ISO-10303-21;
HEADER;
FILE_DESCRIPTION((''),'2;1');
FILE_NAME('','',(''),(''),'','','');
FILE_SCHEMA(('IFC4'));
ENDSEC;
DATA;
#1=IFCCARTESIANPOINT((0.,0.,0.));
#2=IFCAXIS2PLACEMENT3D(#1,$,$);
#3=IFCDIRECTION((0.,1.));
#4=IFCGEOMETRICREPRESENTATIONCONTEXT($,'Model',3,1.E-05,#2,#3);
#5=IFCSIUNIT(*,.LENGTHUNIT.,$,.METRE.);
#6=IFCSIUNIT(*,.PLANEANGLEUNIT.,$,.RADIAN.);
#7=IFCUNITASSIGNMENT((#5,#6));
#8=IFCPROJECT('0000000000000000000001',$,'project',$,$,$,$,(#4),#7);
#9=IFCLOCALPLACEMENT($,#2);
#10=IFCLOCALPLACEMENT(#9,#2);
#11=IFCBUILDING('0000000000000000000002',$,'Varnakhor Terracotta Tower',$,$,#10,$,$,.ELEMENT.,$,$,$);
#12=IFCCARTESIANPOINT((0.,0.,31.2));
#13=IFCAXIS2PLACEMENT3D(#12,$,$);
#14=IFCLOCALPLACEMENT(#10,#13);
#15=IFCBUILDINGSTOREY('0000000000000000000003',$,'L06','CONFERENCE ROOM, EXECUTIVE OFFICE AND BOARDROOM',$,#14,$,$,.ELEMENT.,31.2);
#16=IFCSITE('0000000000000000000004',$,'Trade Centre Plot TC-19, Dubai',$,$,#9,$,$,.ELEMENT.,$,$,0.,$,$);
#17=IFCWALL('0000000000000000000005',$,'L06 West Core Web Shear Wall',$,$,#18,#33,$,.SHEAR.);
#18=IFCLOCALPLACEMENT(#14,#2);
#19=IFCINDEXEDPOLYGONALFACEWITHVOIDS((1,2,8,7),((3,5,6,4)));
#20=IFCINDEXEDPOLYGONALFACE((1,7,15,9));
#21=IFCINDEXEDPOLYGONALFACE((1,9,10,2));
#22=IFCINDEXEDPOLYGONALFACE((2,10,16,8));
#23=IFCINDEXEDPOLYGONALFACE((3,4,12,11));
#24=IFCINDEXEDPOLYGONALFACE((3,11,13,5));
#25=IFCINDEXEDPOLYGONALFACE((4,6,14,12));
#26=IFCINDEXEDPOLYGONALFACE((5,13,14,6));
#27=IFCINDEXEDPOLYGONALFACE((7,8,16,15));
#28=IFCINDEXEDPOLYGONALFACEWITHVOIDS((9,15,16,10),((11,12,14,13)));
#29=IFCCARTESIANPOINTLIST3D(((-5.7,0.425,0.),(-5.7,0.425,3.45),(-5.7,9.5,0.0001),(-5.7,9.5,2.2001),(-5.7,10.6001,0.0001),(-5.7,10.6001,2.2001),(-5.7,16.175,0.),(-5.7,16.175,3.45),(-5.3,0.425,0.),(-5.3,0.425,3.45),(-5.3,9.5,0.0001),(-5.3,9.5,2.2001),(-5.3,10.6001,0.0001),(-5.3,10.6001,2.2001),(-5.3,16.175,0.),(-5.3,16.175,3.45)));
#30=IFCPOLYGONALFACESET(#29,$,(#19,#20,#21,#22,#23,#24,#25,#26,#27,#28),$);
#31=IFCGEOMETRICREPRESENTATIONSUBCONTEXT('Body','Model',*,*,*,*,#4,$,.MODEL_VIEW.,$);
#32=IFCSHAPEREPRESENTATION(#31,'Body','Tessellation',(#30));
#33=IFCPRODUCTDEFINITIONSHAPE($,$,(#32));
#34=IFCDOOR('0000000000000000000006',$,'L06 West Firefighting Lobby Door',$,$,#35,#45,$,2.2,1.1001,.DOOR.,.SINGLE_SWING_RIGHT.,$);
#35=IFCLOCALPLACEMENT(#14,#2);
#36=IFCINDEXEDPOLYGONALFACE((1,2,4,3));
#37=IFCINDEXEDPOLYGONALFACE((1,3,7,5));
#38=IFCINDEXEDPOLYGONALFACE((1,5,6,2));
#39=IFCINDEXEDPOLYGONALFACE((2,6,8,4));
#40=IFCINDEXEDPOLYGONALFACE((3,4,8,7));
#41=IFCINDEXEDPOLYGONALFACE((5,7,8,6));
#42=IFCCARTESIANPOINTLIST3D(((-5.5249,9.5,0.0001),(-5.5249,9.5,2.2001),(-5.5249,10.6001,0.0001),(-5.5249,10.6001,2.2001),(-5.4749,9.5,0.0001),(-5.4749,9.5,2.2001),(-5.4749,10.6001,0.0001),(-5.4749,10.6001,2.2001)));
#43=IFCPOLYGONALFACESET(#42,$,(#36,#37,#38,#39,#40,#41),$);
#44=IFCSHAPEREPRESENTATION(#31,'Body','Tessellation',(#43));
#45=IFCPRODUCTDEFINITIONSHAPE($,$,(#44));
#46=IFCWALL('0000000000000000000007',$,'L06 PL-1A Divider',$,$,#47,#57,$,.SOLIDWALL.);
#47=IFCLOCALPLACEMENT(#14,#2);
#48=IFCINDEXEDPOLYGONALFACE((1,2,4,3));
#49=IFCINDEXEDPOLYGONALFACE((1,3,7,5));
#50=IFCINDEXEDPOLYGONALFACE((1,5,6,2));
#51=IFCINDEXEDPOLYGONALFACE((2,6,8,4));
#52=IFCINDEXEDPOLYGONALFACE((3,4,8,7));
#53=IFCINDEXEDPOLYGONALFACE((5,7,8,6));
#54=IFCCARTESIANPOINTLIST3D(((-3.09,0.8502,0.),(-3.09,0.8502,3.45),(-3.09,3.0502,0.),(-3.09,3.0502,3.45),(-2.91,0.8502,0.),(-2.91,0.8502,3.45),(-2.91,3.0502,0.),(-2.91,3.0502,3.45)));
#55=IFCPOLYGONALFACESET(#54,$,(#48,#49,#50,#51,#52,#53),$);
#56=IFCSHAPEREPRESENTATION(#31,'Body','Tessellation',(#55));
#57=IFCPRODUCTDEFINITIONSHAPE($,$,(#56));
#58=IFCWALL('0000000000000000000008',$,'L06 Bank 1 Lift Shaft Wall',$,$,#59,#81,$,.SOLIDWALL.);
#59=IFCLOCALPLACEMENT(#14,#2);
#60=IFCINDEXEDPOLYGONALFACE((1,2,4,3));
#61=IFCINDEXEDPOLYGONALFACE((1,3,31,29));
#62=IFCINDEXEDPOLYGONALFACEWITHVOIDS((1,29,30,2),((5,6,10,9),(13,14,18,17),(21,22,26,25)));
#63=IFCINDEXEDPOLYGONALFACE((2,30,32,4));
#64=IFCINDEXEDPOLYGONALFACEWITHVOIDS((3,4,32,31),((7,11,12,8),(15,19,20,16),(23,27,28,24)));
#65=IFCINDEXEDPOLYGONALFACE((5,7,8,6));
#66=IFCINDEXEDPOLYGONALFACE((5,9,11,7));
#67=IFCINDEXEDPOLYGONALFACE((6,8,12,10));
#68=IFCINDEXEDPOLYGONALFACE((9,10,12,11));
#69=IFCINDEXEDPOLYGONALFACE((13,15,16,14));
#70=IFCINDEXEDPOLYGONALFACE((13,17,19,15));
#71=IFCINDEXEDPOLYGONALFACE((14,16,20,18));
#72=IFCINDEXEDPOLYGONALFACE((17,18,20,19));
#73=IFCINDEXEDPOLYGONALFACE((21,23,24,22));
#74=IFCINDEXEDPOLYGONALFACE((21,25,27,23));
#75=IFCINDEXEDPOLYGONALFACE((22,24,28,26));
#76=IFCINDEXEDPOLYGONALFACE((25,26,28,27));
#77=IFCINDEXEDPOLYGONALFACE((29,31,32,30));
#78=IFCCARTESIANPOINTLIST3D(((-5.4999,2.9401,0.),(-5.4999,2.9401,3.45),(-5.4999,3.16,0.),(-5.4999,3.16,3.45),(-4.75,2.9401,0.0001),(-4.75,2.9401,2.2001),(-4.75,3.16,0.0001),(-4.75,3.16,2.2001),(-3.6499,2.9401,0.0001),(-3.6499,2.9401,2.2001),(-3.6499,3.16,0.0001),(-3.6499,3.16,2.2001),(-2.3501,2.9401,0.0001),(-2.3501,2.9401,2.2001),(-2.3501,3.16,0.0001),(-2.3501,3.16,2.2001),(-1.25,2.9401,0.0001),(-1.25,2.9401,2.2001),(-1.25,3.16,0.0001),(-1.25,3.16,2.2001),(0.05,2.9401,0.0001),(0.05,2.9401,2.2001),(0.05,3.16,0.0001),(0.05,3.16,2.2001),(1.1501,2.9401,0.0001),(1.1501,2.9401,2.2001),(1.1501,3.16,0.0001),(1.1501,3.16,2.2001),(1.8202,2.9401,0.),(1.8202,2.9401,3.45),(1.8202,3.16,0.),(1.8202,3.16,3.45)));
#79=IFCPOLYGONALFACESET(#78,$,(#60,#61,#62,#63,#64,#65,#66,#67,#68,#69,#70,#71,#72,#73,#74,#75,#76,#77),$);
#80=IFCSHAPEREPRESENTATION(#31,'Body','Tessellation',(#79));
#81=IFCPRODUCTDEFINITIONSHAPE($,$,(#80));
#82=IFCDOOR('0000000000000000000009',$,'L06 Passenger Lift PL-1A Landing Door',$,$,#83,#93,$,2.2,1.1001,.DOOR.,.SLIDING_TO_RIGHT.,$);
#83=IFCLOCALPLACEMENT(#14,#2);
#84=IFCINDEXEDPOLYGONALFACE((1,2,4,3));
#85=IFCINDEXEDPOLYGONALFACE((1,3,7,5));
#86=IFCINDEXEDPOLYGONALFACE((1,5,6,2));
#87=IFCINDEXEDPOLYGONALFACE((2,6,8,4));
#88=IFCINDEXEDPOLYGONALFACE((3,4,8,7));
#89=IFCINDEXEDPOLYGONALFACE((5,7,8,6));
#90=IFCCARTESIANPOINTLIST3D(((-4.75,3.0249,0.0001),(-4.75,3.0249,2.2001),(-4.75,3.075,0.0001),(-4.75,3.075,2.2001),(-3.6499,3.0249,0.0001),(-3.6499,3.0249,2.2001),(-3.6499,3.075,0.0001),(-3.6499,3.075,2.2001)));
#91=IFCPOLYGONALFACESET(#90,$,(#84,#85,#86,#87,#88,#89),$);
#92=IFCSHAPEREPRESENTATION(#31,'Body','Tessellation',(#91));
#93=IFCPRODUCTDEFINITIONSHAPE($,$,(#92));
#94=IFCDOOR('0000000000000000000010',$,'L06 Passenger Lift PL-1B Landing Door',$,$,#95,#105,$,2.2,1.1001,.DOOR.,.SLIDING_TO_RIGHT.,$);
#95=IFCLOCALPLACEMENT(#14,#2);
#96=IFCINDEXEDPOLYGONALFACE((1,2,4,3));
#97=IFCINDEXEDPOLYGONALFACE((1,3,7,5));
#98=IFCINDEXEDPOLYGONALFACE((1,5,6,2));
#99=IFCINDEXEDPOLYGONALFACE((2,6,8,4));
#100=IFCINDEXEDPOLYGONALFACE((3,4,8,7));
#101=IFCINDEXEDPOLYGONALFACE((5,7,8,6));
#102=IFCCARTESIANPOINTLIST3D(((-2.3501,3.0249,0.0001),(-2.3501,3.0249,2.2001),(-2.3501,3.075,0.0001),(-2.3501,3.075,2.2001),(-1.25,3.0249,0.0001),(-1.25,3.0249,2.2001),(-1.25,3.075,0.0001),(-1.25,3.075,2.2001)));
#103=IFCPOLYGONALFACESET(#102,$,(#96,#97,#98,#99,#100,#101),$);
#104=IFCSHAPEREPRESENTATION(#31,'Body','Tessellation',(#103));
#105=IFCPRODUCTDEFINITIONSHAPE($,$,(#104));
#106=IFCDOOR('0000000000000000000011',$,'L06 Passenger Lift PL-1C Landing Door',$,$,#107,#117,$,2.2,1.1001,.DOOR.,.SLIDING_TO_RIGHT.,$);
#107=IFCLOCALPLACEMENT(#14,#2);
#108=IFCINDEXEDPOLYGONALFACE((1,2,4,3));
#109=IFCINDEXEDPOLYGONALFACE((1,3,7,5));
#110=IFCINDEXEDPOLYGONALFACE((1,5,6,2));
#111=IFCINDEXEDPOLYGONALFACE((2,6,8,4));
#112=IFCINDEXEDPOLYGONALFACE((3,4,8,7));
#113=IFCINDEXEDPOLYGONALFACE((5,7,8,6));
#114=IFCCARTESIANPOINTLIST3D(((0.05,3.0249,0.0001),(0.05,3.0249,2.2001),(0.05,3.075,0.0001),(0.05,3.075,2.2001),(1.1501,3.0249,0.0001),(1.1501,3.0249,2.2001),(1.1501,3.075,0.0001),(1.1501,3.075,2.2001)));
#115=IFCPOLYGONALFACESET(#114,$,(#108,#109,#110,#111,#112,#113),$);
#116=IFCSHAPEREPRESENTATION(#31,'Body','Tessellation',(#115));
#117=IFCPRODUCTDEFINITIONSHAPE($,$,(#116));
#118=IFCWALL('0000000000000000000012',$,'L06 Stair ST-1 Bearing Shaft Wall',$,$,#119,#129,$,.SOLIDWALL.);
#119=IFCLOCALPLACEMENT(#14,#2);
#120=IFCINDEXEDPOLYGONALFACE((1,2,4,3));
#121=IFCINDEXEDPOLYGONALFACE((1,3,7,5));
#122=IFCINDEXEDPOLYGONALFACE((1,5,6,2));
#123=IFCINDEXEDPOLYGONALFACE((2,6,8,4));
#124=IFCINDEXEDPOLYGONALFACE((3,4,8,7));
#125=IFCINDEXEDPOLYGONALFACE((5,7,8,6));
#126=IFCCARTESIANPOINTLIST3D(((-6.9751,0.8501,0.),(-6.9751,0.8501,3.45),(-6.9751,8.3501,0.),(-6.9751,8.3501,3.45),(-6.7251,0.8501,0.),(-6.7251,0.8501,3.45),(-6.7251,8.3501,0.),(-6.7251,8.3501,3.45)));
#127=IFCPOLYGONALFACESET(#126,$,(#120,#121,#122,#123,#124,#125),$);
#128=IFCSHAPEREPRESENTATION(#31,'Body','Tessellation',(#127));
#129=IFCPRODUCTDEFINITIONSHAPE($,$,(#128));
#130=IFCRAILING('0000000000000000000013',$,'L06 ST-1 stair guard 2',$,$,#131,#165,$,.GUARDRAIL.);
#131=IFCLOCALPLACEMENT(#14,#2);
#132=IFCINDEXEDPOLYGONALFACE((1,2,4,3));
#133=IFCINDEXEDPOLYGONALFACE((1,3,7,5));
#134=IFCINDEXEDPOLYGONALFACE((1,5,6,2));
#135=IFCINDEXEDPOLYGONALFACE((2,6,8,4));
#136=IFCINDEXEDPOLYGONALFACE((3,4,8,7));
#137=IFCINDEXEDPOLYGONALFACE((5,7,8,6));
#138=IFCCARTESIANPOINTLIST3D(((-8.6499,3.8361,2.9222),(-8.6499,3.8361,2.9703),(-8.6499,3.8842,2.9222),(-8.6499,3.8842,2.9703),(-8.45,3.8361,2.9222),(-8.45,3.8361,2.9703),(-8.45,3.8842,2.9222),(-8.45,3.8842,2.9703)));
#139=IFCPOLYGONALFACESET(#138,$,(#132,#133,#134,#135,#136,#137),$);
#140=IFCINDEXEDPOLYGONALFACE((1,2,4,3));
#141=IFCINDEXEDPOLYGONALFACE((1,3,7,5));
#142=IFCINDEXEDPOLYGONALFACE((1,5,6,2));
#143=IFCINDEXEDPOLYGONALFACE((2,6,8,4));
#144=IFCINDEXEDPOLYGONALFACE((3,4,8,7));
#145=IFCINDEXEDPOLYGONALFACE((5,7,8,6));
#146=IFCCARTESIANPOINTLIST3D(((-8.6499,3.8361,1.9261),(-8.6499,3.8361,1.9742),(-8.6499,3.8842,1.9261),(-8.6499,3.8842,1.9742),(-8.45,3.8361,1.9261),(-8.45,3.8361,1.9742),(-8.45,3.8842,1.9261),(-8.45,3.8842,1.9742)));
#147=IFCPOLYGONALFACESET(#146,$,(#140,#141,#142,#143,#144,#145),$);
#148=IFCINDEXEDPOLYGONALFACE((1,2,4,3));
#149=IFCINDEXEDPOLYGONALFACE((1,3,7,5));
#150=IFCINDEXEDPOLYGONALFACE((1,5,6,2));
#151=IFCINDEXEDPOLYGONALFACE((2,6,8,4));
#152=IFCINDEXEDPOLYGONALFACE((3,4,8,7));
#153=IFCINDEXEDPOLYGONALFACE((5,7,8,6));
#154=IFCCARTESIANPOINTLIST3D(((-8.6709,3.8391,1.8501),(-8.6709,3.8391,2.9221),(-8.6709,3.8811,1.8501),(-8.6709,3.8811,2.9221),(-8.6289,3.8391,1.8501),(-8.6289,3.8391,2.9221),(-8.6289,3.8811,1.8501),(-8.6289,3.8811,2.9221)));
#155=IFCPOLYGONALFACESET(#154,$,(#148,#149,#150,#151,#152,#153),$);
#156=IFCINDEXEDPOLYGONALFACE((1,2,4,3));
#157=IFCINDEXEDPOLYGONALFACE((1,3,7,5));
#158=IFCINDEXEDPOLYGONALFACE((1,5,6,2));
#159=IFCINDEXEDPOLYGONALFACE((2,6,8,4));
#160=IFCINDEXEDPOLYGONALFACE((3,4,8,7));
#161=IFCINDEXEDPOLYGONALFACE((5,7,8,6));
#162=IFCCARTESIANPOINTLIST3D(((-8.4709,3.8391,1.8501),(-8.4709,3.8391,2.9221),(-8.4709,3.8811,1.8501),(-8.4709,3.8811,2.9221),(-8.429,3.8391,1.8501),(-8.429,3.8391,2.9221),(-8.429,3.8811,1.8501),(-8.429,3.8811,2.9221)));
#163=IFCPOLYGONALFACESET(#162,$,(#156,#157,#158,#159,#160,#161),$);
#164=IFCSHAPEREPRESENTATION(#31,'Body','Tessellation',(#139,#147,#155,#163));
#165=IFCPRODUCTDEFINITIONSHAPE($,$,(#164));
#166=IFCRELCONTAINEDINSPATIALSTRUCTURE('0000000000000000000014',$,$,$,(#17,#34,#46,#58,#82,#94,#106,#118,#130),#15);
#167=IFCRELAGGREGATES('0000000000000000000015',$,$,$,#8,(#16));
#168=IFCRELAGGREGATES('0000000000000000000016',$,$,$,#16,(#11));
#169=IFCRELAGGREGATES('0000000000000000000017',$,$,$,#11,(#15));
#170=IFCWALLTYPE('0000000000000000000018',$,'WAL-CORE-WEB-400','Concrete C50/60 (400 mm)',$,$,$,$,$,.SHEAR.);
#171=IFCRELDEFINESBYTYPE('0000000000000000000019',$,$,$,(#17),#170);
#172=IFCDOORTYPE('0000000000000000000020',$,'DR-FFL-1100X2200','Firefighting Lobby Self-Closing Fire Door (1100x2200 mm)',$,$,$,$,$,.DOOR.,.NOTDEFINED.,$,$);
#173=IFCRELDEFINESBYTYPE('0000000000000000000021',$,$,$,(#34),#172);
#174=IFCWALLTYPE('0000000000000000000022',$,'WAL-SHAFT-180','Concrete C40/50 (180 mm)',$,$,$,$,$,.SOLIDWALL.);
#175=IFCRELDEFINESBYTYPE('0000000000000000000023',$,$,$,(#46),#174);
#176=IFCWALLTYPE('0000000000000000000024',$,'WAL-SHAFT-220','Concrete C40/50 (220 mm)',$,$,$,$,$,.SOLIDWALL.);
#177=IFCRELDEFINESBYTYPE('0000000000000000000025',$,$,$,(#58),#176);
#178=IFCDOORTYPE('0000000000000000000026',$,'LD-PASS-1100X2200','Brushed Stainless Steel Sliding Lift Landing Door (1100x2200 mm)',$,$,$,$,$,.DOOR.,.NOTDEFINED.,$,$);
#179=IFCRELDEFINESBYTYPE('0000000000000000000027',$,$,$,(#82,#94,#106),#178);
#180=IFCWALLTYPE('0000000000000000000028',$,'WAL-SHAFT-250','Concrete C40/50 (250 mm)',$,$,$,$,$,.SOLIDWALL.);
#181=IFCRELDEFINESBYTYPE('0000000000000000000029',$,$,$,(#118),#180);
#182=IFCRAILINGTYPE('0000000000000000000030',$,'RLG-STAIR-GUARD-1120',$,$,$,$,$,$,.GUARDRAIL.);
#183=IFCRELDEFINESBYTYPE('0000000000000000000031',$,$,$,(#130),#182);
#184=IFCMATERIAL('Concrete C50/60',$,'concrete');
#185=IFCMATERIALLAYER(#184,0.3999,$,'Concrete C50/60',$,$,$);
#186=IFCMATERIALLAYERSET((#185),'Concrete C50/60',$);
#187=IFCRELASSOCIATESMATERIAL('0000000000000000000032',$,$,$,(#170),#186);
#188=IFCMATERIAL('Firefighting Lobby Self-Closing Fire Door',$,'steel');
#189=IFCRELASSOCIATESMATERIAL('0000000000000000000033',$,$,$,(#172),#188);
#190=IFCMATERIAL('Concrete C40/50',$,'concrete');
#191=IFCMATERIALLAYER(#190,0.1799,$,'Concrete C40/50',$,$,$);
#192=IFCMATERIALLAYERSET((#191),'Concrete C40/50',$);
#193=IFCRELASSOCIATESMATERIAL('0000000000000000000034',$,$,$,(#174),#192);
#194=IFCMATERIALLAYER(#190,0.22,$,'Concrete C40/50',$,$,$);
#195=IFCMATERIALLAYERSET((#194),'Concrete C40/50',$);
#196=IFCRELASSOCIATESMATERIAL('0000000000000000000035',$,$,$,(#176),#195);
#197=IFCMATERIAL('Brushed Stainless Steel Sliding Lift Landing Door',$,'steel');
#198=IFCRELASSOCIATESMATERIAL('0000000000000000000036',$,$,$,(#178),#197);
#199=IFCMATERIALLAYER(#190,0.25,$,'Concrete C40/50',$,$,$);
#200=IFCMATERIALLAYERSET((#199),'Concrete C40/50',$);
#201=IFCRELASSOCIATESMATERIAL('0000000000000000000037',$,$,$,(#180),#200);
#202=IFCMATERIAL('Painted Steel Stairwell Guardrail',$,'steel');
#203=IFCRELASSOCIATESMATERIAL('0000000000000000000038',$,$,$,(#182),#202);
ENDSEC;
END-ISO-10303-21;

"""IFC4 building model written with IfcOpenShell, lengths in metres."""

from ifc_helpers import new_model, si_unit, direction, frame, frame_2d, origin, origin_2d, place, context, subcontext, project, spatial, rectangle, extrude, source, transform, mapped, material, layer, layer_set, type_object, type_shapes, element, fill, save


model = new_model("IFC4")

# Units and contexts
model_context = context("Model", 3, precision=1e-05, world=origin(), true_north=direction((0.0, 1.0)))
body_context = subcontext(model_context, "Body", "Model", "MODEL_VIEW")
ifc_project = project(units=[si_unit("LENGTHUNIT", "METRE"), si_unit("PLANEANGLEUNIT", "RADIAN")], contexts=[model_context])

# Site, building, storey
site_placement = place(None, origin())
site = spatial("IfcSite", under=ifc_project, at=site_placement, Name="Trade Centre Plot TC-19, Dubai", CompositionType="ELEMENT", RefElevation=0.0)
building_placement = place(site_placement, origin())
building = spatial("IfcBuilding", under=site, at=building_placement, Name="Varnakhor Terracotta Tower", CompositionType="ELEMENT")
storey_placement = place(building_placement, frame((0.0, 0.0, 31.2)))
storey = spatial("IfcBuildingStorey", under=building, at=storey_placement, Name="L06", Description="CONFERENCE ROOM, EXECUTIVE OFFICE AND BOARDROOM", CompositionType="ELEMENT", Elevation=31.2)

# Shared definitions
ifc_material_1 = material(Name="Concrete C50/60", Category="concrete")

# Wall, opening, door
ifc_layer_1 = layer(ifc_material_1, 0.3999, Name="Concrete C50/60")
ifc_layer_set_1 = layer_set([ifc_layer_1], Name="Concrete C50/60")
wall_type_1 = type_object("IfcWallType", Name="WAL-CORE-WEB-400", Description="Concrete C50/60 (400 mm)", PredefinedType="SHEAR", material=ifc_layer_set_1)
wall_1_placement = place(storey_placement, frame((-5.5, 0.425, 0.0), z_axis=(0.0, 0.0, 1.0), x_axis=(0.0, 1.0, 0.0)))
wall_1 = element("IfcWall", 1, at=wall_1_placement, inside=storey, type_object=wall_type_1, Name="L06 West Core Web Shear Wall", PredefinedType="SHEAR", context=body_context, shape_type="SweptSolid", body=[
    extrude(rectangle(XDim=15.75, YDim=0.3999, at=frame_2d((7.875, 0.0))), origin(), (0.0, 0.0, 1.0), 3.45),
])
opening_1_placement = place(wall_1_placement, frame((9.075, 0.0, 0.0)))
opening_1 = element("IfcOpeningElement", 2, at=opening_1_placement, cuts=wall_1, PredefinedType="OPENING", context=body_context, shape_type="SweptSolid", body=[
    extrude(rectangle(XDim=1.1001, YDim=2.2, at=frame_2d((0.55, 1.1001))), frame((0.0, 0.21, 0.0), z_axis=(0.0, -1.0, 0.0), x_axis=(1.0, 0.0, 0.0)), (0.0, 0.0, 1.0), 0.4199),
])
ifc_material_2 = material(Name="Firefighting Lobby Self-Closing Fire Door", Category="steel")
door_type_1 = type_object("IfcDoorType", Name="DR-FFL-1100X2200", Description="Firefighting Lobby Self-Closing Fire Door (1100x2200 mm)", OperationType="NOTDEFINED", PredefinedType="DOOR", material=ifc_material_2)
shared_shape_1 = source(origin(), body_context, "Body", "SweptSolid", [
    extrude(rectangle(XDim=1.1001, YDim=2.2, at=frame_2d((0.55, 1.1001))), frame((0.0, 0.0249, 0.0), z_axis=(0.0, -1.0, 0.0), x_axis=(1.0, 0.0, 0.0)), (0.0, 0.0, 1.0), 0.05),
])
type_shapes(door_type_1, [shared_shape_1])
door_1_placement = place(opening_1_placement, origin())
door_1 = element("IfcDoor", 3, at=door_1_placement, inside=storey, type_object=door_type_1, Name="L06 West Firefighting Lobby Door", OperationType="SINGLE_SWING_RIGHT", OverallHeight=2.2, OverallWidth=1.1001, PredefinedType="DOOR", context=body_context, shape_type="MappedRepresentation", body=[
    mapped(shared_shape_1, transform((0.0, 0.0, 0.0), scale=1.0)),
])
fill(opening_1, door_1)

# Wall
ifc_material_3 = material(Name="Concrete C40/50", Category="concrete")
ifc_layer_2 = layer(ifc_material_3, 0.1799, Name="Concrete C40/50")
ifc_layer_set_2 = layer_set([ifc_layer_2], Name="Concrete C40/50")
wall_type_2 = type_object("IfcWallType", Name="WAL-SHAFT-180", Description="Concrete C40/50 (180 mm)", PredefinedType="SOLIDWALL", material=ifc_layer_set_2)
wall_2_placement = place(storey_placement, frame((-3.0, 0.8501, 0.0), z_axis=(0.0, 0.0, 1.0), x_axis=(0.0, 1.0, 0.0)))
element("IfcWall", 4, at=wall_2_placement, inside=storey, type_object=wall_type_2, Name="L06 PL-1A Divider", PredefinedType="SOLIDWALL", context=body_context, shape_type="SweptSolid", body=[
    extrude(rectangle(XDim=2.2, YDim=0.1799, at=frame_2d((1.1001, 0.0))), origin(), (0.0, 0.0, 1.0), 3.45),
])

# Wall, openings, doors
ifc_layer_3 = layer(ifc_material_3, 0.22, Name="Concrete C40/50")
ifc_layer_set_3 = layer_set([ifc_layer_3], Name="Concrete C40/50")
wall_type_3 = type_object("IfcWallType", Name="WAL-SHAFT-220", Description="Concrete C40/50 (220 mm)", PredefinedType="SOLIDWALL", material=ifc_layer_set_3)
wall_3_placement = place(storey_placement, frame((-5.5, 3.05, 0.0), z_axis=(0.0, 0.0, 1.0), x_axis=(1.0, 0.0, 0.0)))
wall_3 = element("IfcWall", 5, at=wall_3_placement, inside=storey, type_object=wall_type_3, Name="L06 Bank 1 Lift Shaft Wall", PredefinedType="SOLIDWALL", context=body_context, shape_type="SweptSolid", body=[
    extrude(rectangle(XDim=7.3201, YDim=0.22, at=frame_2d((3.6602, 0.0))), origin(), (0.0, 0.0, 1.0), 3.45),
])
opening_2_placement = place(wall_3_placement, frame((0.75, 0.0, 0.0)))
opening_2 = element("IfcOpeningElement", 6, at=opening_2_placement, cuts=wall_3, PredefinedType="OPENING", context=body_context, shape_type="SweptSolid", body=[
    extrude(rectangle(XDim=1.1001, YDim=2.2, at=frame_2d((0.55, 1.1001))), frame((0.0, 0.1201, 0.0), z_axis=(0.0, -1.0, 0.0), x_axis=(1.0, 0.0, 0.0)), (0.0, 0.0, 1.0), 0.24),
])
opening_3_placement = place(wall_3_placement, frame((3.1499, 0.0, 0.0)))
opening_3 = element("IfcOpeningElement", 7, at=opening_3_placement, cuts=wall_3, PredefinedType="OPENING", context=body_context, shape_type="SweptSolid", body=[
    extrude(rectangle(XDim=1.1001, YDim=2.2, at=frame_2d((0.55, 1.1001))), frame((0.0, 0.1201, 0.0), z_axis=(0.0, -1.0, 0.0), x_axis=(1.0, 0.0, 0.0)), (0.0, 0.0, 1.0), 0.24),
])
opening_4_placement = place(wall_3_placement, frame((5.55, 0.0, 0.0)))
opening_4 = element("IfcOpeningElement", 8, at=opening_4_placement, cuts=wall_3, PredefinedType="OPENING", context=body_context, shape_type="SweptSolid", body=[
    extrude(rectangle(XDim=1.1001, YDim=2.2, at=frame_2d((0.55, 1.1001))), frame((0.0, 0.1201, 0.0), z_axis=(0.0, -1.0, 0.0), x_axis=(1.0, 0.0, 0.0)), (0.0, 0.0, 1.0), 0.24),
])
ifc_material_4 = material(Name="Brushed Stainless Steel Sliding Lift Landing Door", Category="steel")
door_type_2 = type_object("IfcDoorType", Name="LD-PASS-1100X2200", Description="Brushed Stainless Steel Sliding Lift Landing Door (1100x2200 mm)", OperationType="NOTDEFINED", PredefinedType="DOOR", material=ifc_material_4)
shared_shape_2 = source(origin(), body_context, "Body", "SweptSolid", [
    extrude(rectangle(XDim=1.1001, YDim=2.2, at=frame_2d((0.55, 1.1001))), frame((0.0, 0.0249, 0.0), z_axis=(0.0, -1.0, 0.0), x_axis=(1.0, 0.0, 0.0)), (0.0, 0.0, 1.0), 0.05),
])
type_shapes(door_type_2, [shared_shape_2])
door_2_placement = place(opening_2_placement, origin())
door_2 = element("IfcDoor", 9, at=door_2_placement, inside=storey, type_object=door_type_2, Name="L06 Passenger Lift PL-1A Landing Door", OperationType="SLIDING_TO_RIGHT", OverallHeight=2.2, OverallWidth=1.1001, PredefinedType="DOOR", context=body_context, shape_type="MappedRepresentation", body=[
    mapped(shared_shape_2, transform((0.0, 0.0, 0.0), scale=1.0)),
])
fill(opening_2, door_2)
door_3_placement = place(opening_3_placement, origin())
door_3 = element("IfcDoor", 10, at=door_3_placement, inside=storey, type_object=door_type_2, Name="L06 Passenger Lift PL-1B Landing Door", OperationType="SLIDING_TO_RIGHT", OverallHeight=2.2, OverallWidth=1.1001, PredefinedType="DOOR", context=body_context, shape_type="MappedRepresentation", body=[
    mapped(shared_shape_2, transform((0.0, 0.0, 0.0), scale=1.0)),
])
fill(opening_3, door_3)
door_4_placement = place(opening_4_placement, origin())
door_4 = element("IfcDoor", 11, at=door_4_placement, inside=storey, type_object=door_type_2, Name="L06 Passenger Lift PL-1C Landing Door", OperationType="SLIDING_TO_RIGHT", OverallHeight=2.2, OverallWidth=1.1001, PredefinedType="DOOR", context=body_context, shape_type="MappedRepresentation", body=[
    mapped(shared_shape_2, transform((0.0, 0.0, 0.0), scale=1.0)),
])
fill(opening_4, door_4)

# Wall
ifc_layer_4 = layer(ifc_material_3, 0.25, Name="Concrete C40/50")
ifc_layer_set_4 = layer_set([ifc_layer_4], Name="Concrete C40/50")
wall_type_4 = type_object("IfcWallType", Name="WAL-SHAFT-250", Description="Concrete C40/50 (250 mm)", PredefinedType="SOLIDWALL", material=ifc_layer_set_4)
wall_4_placement = place(storey_placement, frame((-6.8501, 0.8501, 0.0), z_axis=(0.0, 0.0, 1.0), x_axis=(0.0, 1.0, 0.0)))
element("IfcWall", 12, at=wall_4_placement, inside=storey, type_object=wall_type_4, Name="L06 Stair ST-1 Bearing Shaft Wall", PredefinedType="SOLIDWALL", context=body_context, shape_type="SweptSolid", body=[
    extrude(rectangle(XDim=7.5, YDim=0.25, at=frame_2d((3.75, 0.0))), origin(), (0.0, 0.0, 1.0), 3.45),
])

# Railing
ifc_material_5 = material(Name="Painted Steel Stairwell Guardrail", Category="steel")
railing_type = type_object("IfcRailingType", Name="RLG-STAIR-GUARD-1120", PredefinedType="GUARDRAIL", material=ifc_material_5)
railing_1_placement = place(storey_placement, frame((-8.6499, 3.8601, 1.8501)))
element("IfcRailing", 13, at=railing_1_placement, inside=storey, type_object=railing_type, Name="L06 ST-1 stair guard 2", PredefinedType="GUARDRAIL", context=body_context, shape_type="SweptSolid", body=[
    extrude(rectangle(XDim=0.0481, YDim=0.0481, at=origin_2d()), frame((0.0, 0.0, 1.0962), z_axis=(1.0, 0.0, 0.0), x_axis=(0.0, 1.0, 0.0)), (0.0, 0.0, 1.0), 0.2),
    extrude(rectangle(XDim=0.0481, YDim=0.0481, at=origin_2d()), frame((0.0, 0.0, 0.1001), z_axis=(1.0, 0.0, 0.0), x_axis=(0.0, 1.0, 0.0)), (0.0, 0.0, 1.0), 0.2),
    extrude(rectangle(XDim=0.042, YDim=0.042, at=origin_2d()), origin(), (0.0, 0.0, 1.0), 1.072),
    extrude(rectangle(XDim=0.042, YDim=0.042, at=origin_2d()), frame((0.2, 0.0, 0.0)), (0.0, 0.0, 1.0), 1.072),
])

save(model, "model.ifc")
